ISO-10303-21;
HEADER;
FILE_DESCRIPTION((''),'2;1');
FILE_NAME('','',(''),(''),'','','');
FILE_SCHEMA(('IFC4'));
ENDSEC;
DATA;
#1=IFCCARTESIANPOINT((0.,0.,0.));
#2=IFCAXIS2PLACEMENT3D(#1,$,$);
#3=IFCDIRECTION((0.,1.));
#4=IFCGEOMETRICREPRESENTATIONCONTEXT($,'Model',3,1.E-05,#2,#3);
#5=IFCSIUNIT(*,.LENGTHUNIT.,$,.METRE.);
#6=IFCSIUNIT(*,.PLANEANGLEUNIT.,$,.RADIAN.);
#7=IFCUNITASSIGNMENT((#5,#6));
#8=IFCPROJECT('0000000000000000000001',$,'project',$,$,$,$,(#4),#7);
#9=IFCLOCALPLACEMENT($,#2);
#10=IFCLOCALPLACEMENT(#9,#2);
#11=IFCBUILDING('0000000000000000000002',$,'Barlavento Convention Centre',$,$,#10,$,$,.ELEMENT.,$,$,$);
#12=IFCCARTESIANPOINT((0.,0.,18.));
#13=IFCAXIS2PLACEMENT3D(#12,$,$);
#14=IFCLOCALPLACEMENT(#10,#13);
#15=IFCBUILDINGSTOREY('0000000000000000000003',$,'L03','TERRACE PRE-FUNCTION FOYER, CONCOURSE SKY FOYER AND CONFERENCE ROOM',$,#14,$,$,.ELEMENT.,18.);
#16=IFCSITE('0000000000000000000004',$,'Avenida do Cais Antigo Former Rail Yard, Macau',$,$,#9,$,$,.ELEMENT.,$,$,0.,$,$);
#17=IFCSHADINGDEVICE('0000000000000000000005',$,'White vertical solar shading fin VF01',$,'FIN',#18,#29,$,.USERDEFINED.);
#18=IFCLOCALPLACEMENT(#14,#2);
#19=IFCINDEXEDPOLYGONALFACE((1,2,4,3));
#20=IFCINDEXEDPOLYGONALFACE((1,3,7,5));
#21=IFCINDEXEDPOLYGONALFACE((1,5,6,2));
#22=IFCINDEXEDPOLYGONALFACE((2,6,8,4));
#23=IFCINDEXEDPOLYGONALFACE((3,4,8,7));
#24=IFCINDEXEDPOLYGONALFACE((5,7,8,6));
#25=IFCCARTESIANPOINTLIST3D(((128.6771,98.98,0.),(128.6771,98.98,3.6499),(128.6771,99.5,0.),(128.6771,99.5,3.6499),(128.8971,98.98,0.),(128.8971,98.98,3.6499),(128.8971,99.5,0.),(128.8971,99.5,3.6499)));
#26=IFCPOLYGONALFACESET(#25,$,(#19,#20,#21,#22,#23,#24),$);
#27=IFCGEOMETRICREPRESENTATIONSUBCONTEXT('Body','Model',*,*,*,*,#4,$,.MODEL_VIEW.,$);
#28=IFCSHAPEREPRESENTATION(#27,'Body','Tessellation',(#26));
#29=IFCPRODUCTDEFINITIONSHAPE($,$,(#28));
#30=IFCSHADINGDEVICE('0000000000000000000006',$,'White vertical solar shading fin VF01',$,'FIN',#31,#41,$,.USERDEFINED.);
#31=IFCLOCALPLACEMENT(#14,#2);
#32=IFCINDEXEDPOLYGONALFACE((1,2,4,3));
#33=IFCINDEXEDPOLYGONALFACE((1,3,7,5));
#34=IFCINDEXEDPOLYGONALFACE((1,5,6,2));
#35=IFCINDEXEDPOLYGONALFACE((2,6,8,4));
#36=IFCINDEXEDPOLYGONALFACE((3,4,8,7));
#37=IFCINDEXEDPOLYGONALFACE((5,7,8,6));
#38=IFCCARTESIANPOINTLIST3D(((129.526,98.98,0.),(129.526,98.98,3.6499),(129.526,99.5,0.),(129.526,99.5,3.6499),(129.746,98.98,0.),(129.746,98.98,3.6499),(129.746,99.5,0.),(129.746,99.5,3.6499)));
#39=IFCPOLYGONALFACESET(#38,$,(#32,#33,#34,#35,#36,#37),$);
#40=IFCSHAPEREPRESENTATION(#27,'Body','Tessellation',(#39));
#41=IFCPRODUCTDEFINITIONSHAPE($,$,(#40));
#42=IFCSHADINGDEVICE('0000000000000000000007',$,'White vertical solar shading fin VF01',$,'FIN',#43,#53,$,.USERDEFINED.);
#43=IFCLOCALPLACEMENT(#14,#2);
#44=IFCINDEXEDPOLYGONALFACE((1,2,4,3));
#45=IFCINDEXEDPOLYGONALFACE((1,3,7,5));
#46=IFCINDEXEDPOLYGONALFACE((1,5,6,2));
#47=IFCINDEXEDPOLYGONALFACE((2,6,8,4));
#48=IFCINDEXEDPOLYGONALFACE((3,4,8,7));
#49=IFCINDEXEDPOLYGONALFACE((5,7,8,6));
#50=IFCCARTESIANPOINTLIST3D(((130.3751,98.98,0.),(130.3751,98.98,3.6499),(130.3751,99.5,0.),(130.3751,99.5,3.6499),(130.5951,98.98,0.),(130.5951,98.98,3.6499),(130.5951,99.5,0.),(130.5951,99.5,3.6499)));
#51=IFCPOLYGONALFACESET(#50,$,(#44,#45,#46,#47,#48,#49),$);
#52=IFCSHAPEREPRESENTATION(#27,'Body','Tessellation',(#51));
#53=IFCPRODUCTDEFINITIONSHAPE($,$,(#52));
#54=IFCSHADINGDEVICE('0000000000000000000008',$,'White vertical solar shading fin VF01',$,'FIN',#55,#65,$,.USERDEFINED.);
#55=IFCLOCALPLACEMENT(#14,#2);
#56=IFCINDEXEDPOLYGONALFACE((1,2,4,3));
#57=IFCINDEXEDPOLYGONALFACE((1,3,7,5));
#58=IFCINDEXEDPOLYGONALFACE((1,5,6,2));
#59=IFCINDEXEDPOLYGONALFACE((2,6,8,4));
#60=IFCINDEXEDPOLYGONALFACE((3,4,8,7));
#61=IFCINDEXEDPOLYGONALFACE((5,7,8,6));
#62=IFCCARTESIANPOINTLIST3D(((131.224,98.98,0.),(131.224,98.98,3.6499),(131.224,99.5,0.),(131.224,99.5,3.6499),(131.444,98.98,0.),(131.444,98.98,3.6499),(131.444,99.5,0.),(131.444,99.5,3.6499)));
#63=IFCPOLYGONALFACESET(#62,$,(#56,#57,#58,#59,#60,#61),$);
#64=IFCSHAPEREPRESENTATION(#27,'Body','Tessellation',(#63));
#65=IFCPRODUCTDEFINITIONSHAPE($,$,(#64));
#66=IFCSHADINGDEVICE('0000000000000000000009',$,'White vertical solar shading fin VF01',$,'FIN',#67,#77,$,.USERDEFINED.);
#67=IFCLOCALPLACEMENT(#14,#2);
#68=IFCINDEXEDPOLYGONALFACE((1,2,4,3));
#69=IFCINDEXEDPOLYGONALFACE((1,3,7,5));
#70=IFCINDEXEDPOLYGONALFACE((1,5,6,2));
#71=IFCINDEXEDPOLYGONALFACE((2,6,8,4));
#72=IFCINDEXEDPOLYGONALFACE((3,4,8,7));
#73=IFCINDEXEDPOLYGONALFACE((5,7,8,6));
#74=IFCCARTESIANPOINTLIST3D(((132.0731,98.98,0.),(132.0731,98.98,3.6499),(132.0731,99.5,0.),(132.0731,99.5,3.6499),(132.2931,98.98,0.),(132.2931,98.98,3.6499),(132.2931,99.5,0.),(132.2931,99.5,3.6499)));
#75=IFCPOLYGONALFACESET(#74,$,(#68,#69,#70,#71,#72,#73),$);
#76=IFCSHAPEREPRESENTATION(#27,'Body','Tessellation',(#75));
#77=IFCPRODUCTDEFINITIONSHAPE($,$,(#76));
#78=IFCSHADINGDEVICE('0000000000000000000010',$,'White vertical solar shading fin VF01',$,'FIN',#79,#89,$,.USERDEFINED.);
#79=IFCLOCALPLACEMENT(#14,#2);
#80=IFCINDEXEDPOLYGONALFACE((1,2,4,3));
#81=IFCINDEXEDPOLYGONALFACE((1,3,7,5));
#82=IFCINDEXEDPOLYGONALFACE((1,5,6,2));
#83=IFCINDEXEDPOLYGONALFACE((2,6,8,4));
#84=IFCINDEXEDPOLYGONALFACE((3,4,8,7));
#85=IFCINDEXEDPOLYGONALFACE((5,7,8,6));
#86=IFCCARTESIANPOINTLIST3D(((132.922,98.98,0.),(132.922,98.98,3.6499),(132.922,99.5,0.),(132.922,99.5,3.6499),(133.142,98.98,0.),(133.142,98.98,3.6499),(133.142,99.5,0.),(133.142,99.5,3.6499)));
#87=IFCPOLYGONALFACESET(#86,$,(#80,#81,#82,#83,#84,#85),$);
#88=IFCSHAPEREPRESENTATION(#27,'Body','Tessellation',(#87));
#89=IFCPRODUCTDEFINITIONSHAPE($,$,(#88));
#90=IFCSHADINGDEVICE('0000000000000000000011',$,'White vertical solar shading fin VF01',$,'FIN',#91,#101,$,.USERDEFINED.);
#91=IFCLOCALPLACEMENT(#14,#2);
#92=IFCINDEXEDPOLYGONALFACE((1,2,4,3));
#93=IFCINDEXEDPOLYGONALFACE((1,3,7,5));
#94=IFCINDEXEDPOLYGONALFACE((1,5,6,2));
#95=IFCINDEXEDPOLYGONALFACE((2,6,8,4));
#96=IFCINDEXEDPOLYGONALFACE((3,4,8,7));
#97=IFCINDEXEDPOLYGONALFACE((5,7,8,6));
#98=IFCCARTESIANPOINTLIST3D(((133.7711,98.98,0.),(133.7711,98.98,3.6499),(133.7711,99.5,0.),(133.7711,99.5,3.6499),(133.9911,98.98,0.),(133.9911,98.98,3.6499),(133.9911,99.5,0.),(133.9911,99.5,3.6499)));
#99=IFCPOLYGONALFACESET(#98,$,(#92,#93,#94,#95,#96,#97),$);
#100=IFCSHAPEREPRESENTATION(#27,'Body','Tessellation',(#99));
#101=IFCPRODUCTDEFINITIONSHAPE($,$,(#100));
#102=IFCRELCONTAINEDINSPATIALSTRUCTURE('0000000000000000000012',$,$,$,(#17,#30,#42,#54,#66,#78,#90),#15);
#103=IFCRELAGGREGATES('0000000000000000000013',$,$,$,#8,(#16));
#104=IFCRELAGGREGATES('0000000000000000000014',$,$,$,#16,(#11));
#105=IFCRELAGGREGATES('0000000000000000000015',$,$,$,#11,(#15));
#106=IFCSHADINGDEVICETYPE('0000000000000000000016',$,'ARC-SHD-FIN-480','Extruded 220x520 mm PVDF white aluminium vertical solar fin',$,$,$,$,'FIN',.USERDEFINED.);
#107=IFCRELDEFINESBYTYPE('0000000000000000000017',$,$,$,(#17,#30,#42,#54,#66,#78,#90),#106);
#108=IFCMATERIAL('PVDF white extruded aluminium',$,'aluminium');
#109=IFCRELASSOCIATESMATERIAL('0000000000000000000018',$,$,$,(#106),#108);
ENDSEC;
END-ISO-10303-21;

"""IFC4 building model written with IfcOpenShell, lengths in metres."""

from ifc_helpers import new_model, si_unit, direction, frame, origin, origin_2d, place, context, subcontext, project, spatial, rectangle, extrude, material, type_object, element, save


model = new_model("IFC4")

# Units and contexts
model_context = context("Model", 3, precision=1e-05, world=origin(), true_north=direction((0.0, 1.0)))
body_context = subcontext(model_context, "Body", "Model", "MODEL_VIEW")
ifc_project = project(units=[si_unit("LENGTHUNIT", "METRE"), si_unit("PLANEANGLEUNIT", "RADIAN")], contexts=[model_context])

# Site, building, storey
site_placement = place(None, origin())
site = spatial("IfcSite", under=ifc_project, at=site_placement, Name="Avenida do Cais Antigo Former Rail Yard, Macau", CompositionType="ELEMENT", RefElevation=0.0)
building_placement = place(site_placement, origin())
building = spatial("IfcBuilding", under=site, at=building_placement, Name="Barlavento Convention Centre", CompositionType="ELEMENT")
storey_placement = place(building_placement, frame((0.0, 0.0, 18.0)))
storey = spatial("IfcBuildingStorey", under=building, at=storey_placement, Name="L03", Description="TERRACE PRE-FUNCTION FOYER, CONCOURSE SKY FOYER AND CONFERENCE ROOM", CompositionType="ELEMENT", Elevation=18.0)

# Shading devices
ifc_material_1 = material(Name="PVDF white extruded aluminium", Category="aluminium")
shading_device_type = type_object("IfcShadingDeviceType", Name="ARC-SHD-FIN-480", Description="Extruded 220x520 mm PVDF white aluminium vertical solar fin", ElementType="FIN", PredefinedType="USERDEFINED", material=ifc_material_1)
for number, where, z_axis, x_axis, name in (
    (1, (128.7871, 99.24, 0.0), (0.0, 0.0, 1.0), (1.0, 0.0, 0.0), "White vertical solar shading fin VF01"),
    (2, (129.636, 99.24, 0.0), (0.0, 0.0, 1.0), (1.0, 0.0, 0.0), "White vertical solar shading fin VF01"),
    (3, (130.4851, 99.24, 0.0), (0.0, 0.0, 1.0), (1.0, 0.0, 0.0), "White vertical solar shading fin VF01"),
    (4, (131.334, 99.24, 0.0), (0.0, 0.0, 1.0), (1.0, 0.0, 0.0), "White vertical solar shading fin VF01"),
    (5, (132.1831, 99.24, 0.0), (0.0, 0.0, 1.0), (1.0, 0.0, 0.0), "White vertical solar shading fin VF01"),
    (6, (133.032, 99.24, 0.0), (0.0, 0.0, 1.0), (1.0, 0.0, 0.0), "White vertical solar shading fin VF01"),
    (7, (133.8811, 99.24, 0.0), (0.0, 0.0, 1.0), (1.0, 0.0, 0.0), "White vertical solar shading fin VF01"),
):
    element("IfcShadingDevice", number, at=place(storey_placement, frame(where, z_axis=z_axis, x_axis=x_axis)), inside=storey, type_object=shading_device_type, Name=name, ObjectType="FIN", PredefinedType="USERDEFINED", context=body_context, shape_type="SweptSolid", body=[
        extrude(rectangle(XDim=0.22, YDim=0.52, at=origin_2d()), origin(), (0.0, 0.0, 1.0), 3.6499),
    ])

save(model, "model.ifc")
